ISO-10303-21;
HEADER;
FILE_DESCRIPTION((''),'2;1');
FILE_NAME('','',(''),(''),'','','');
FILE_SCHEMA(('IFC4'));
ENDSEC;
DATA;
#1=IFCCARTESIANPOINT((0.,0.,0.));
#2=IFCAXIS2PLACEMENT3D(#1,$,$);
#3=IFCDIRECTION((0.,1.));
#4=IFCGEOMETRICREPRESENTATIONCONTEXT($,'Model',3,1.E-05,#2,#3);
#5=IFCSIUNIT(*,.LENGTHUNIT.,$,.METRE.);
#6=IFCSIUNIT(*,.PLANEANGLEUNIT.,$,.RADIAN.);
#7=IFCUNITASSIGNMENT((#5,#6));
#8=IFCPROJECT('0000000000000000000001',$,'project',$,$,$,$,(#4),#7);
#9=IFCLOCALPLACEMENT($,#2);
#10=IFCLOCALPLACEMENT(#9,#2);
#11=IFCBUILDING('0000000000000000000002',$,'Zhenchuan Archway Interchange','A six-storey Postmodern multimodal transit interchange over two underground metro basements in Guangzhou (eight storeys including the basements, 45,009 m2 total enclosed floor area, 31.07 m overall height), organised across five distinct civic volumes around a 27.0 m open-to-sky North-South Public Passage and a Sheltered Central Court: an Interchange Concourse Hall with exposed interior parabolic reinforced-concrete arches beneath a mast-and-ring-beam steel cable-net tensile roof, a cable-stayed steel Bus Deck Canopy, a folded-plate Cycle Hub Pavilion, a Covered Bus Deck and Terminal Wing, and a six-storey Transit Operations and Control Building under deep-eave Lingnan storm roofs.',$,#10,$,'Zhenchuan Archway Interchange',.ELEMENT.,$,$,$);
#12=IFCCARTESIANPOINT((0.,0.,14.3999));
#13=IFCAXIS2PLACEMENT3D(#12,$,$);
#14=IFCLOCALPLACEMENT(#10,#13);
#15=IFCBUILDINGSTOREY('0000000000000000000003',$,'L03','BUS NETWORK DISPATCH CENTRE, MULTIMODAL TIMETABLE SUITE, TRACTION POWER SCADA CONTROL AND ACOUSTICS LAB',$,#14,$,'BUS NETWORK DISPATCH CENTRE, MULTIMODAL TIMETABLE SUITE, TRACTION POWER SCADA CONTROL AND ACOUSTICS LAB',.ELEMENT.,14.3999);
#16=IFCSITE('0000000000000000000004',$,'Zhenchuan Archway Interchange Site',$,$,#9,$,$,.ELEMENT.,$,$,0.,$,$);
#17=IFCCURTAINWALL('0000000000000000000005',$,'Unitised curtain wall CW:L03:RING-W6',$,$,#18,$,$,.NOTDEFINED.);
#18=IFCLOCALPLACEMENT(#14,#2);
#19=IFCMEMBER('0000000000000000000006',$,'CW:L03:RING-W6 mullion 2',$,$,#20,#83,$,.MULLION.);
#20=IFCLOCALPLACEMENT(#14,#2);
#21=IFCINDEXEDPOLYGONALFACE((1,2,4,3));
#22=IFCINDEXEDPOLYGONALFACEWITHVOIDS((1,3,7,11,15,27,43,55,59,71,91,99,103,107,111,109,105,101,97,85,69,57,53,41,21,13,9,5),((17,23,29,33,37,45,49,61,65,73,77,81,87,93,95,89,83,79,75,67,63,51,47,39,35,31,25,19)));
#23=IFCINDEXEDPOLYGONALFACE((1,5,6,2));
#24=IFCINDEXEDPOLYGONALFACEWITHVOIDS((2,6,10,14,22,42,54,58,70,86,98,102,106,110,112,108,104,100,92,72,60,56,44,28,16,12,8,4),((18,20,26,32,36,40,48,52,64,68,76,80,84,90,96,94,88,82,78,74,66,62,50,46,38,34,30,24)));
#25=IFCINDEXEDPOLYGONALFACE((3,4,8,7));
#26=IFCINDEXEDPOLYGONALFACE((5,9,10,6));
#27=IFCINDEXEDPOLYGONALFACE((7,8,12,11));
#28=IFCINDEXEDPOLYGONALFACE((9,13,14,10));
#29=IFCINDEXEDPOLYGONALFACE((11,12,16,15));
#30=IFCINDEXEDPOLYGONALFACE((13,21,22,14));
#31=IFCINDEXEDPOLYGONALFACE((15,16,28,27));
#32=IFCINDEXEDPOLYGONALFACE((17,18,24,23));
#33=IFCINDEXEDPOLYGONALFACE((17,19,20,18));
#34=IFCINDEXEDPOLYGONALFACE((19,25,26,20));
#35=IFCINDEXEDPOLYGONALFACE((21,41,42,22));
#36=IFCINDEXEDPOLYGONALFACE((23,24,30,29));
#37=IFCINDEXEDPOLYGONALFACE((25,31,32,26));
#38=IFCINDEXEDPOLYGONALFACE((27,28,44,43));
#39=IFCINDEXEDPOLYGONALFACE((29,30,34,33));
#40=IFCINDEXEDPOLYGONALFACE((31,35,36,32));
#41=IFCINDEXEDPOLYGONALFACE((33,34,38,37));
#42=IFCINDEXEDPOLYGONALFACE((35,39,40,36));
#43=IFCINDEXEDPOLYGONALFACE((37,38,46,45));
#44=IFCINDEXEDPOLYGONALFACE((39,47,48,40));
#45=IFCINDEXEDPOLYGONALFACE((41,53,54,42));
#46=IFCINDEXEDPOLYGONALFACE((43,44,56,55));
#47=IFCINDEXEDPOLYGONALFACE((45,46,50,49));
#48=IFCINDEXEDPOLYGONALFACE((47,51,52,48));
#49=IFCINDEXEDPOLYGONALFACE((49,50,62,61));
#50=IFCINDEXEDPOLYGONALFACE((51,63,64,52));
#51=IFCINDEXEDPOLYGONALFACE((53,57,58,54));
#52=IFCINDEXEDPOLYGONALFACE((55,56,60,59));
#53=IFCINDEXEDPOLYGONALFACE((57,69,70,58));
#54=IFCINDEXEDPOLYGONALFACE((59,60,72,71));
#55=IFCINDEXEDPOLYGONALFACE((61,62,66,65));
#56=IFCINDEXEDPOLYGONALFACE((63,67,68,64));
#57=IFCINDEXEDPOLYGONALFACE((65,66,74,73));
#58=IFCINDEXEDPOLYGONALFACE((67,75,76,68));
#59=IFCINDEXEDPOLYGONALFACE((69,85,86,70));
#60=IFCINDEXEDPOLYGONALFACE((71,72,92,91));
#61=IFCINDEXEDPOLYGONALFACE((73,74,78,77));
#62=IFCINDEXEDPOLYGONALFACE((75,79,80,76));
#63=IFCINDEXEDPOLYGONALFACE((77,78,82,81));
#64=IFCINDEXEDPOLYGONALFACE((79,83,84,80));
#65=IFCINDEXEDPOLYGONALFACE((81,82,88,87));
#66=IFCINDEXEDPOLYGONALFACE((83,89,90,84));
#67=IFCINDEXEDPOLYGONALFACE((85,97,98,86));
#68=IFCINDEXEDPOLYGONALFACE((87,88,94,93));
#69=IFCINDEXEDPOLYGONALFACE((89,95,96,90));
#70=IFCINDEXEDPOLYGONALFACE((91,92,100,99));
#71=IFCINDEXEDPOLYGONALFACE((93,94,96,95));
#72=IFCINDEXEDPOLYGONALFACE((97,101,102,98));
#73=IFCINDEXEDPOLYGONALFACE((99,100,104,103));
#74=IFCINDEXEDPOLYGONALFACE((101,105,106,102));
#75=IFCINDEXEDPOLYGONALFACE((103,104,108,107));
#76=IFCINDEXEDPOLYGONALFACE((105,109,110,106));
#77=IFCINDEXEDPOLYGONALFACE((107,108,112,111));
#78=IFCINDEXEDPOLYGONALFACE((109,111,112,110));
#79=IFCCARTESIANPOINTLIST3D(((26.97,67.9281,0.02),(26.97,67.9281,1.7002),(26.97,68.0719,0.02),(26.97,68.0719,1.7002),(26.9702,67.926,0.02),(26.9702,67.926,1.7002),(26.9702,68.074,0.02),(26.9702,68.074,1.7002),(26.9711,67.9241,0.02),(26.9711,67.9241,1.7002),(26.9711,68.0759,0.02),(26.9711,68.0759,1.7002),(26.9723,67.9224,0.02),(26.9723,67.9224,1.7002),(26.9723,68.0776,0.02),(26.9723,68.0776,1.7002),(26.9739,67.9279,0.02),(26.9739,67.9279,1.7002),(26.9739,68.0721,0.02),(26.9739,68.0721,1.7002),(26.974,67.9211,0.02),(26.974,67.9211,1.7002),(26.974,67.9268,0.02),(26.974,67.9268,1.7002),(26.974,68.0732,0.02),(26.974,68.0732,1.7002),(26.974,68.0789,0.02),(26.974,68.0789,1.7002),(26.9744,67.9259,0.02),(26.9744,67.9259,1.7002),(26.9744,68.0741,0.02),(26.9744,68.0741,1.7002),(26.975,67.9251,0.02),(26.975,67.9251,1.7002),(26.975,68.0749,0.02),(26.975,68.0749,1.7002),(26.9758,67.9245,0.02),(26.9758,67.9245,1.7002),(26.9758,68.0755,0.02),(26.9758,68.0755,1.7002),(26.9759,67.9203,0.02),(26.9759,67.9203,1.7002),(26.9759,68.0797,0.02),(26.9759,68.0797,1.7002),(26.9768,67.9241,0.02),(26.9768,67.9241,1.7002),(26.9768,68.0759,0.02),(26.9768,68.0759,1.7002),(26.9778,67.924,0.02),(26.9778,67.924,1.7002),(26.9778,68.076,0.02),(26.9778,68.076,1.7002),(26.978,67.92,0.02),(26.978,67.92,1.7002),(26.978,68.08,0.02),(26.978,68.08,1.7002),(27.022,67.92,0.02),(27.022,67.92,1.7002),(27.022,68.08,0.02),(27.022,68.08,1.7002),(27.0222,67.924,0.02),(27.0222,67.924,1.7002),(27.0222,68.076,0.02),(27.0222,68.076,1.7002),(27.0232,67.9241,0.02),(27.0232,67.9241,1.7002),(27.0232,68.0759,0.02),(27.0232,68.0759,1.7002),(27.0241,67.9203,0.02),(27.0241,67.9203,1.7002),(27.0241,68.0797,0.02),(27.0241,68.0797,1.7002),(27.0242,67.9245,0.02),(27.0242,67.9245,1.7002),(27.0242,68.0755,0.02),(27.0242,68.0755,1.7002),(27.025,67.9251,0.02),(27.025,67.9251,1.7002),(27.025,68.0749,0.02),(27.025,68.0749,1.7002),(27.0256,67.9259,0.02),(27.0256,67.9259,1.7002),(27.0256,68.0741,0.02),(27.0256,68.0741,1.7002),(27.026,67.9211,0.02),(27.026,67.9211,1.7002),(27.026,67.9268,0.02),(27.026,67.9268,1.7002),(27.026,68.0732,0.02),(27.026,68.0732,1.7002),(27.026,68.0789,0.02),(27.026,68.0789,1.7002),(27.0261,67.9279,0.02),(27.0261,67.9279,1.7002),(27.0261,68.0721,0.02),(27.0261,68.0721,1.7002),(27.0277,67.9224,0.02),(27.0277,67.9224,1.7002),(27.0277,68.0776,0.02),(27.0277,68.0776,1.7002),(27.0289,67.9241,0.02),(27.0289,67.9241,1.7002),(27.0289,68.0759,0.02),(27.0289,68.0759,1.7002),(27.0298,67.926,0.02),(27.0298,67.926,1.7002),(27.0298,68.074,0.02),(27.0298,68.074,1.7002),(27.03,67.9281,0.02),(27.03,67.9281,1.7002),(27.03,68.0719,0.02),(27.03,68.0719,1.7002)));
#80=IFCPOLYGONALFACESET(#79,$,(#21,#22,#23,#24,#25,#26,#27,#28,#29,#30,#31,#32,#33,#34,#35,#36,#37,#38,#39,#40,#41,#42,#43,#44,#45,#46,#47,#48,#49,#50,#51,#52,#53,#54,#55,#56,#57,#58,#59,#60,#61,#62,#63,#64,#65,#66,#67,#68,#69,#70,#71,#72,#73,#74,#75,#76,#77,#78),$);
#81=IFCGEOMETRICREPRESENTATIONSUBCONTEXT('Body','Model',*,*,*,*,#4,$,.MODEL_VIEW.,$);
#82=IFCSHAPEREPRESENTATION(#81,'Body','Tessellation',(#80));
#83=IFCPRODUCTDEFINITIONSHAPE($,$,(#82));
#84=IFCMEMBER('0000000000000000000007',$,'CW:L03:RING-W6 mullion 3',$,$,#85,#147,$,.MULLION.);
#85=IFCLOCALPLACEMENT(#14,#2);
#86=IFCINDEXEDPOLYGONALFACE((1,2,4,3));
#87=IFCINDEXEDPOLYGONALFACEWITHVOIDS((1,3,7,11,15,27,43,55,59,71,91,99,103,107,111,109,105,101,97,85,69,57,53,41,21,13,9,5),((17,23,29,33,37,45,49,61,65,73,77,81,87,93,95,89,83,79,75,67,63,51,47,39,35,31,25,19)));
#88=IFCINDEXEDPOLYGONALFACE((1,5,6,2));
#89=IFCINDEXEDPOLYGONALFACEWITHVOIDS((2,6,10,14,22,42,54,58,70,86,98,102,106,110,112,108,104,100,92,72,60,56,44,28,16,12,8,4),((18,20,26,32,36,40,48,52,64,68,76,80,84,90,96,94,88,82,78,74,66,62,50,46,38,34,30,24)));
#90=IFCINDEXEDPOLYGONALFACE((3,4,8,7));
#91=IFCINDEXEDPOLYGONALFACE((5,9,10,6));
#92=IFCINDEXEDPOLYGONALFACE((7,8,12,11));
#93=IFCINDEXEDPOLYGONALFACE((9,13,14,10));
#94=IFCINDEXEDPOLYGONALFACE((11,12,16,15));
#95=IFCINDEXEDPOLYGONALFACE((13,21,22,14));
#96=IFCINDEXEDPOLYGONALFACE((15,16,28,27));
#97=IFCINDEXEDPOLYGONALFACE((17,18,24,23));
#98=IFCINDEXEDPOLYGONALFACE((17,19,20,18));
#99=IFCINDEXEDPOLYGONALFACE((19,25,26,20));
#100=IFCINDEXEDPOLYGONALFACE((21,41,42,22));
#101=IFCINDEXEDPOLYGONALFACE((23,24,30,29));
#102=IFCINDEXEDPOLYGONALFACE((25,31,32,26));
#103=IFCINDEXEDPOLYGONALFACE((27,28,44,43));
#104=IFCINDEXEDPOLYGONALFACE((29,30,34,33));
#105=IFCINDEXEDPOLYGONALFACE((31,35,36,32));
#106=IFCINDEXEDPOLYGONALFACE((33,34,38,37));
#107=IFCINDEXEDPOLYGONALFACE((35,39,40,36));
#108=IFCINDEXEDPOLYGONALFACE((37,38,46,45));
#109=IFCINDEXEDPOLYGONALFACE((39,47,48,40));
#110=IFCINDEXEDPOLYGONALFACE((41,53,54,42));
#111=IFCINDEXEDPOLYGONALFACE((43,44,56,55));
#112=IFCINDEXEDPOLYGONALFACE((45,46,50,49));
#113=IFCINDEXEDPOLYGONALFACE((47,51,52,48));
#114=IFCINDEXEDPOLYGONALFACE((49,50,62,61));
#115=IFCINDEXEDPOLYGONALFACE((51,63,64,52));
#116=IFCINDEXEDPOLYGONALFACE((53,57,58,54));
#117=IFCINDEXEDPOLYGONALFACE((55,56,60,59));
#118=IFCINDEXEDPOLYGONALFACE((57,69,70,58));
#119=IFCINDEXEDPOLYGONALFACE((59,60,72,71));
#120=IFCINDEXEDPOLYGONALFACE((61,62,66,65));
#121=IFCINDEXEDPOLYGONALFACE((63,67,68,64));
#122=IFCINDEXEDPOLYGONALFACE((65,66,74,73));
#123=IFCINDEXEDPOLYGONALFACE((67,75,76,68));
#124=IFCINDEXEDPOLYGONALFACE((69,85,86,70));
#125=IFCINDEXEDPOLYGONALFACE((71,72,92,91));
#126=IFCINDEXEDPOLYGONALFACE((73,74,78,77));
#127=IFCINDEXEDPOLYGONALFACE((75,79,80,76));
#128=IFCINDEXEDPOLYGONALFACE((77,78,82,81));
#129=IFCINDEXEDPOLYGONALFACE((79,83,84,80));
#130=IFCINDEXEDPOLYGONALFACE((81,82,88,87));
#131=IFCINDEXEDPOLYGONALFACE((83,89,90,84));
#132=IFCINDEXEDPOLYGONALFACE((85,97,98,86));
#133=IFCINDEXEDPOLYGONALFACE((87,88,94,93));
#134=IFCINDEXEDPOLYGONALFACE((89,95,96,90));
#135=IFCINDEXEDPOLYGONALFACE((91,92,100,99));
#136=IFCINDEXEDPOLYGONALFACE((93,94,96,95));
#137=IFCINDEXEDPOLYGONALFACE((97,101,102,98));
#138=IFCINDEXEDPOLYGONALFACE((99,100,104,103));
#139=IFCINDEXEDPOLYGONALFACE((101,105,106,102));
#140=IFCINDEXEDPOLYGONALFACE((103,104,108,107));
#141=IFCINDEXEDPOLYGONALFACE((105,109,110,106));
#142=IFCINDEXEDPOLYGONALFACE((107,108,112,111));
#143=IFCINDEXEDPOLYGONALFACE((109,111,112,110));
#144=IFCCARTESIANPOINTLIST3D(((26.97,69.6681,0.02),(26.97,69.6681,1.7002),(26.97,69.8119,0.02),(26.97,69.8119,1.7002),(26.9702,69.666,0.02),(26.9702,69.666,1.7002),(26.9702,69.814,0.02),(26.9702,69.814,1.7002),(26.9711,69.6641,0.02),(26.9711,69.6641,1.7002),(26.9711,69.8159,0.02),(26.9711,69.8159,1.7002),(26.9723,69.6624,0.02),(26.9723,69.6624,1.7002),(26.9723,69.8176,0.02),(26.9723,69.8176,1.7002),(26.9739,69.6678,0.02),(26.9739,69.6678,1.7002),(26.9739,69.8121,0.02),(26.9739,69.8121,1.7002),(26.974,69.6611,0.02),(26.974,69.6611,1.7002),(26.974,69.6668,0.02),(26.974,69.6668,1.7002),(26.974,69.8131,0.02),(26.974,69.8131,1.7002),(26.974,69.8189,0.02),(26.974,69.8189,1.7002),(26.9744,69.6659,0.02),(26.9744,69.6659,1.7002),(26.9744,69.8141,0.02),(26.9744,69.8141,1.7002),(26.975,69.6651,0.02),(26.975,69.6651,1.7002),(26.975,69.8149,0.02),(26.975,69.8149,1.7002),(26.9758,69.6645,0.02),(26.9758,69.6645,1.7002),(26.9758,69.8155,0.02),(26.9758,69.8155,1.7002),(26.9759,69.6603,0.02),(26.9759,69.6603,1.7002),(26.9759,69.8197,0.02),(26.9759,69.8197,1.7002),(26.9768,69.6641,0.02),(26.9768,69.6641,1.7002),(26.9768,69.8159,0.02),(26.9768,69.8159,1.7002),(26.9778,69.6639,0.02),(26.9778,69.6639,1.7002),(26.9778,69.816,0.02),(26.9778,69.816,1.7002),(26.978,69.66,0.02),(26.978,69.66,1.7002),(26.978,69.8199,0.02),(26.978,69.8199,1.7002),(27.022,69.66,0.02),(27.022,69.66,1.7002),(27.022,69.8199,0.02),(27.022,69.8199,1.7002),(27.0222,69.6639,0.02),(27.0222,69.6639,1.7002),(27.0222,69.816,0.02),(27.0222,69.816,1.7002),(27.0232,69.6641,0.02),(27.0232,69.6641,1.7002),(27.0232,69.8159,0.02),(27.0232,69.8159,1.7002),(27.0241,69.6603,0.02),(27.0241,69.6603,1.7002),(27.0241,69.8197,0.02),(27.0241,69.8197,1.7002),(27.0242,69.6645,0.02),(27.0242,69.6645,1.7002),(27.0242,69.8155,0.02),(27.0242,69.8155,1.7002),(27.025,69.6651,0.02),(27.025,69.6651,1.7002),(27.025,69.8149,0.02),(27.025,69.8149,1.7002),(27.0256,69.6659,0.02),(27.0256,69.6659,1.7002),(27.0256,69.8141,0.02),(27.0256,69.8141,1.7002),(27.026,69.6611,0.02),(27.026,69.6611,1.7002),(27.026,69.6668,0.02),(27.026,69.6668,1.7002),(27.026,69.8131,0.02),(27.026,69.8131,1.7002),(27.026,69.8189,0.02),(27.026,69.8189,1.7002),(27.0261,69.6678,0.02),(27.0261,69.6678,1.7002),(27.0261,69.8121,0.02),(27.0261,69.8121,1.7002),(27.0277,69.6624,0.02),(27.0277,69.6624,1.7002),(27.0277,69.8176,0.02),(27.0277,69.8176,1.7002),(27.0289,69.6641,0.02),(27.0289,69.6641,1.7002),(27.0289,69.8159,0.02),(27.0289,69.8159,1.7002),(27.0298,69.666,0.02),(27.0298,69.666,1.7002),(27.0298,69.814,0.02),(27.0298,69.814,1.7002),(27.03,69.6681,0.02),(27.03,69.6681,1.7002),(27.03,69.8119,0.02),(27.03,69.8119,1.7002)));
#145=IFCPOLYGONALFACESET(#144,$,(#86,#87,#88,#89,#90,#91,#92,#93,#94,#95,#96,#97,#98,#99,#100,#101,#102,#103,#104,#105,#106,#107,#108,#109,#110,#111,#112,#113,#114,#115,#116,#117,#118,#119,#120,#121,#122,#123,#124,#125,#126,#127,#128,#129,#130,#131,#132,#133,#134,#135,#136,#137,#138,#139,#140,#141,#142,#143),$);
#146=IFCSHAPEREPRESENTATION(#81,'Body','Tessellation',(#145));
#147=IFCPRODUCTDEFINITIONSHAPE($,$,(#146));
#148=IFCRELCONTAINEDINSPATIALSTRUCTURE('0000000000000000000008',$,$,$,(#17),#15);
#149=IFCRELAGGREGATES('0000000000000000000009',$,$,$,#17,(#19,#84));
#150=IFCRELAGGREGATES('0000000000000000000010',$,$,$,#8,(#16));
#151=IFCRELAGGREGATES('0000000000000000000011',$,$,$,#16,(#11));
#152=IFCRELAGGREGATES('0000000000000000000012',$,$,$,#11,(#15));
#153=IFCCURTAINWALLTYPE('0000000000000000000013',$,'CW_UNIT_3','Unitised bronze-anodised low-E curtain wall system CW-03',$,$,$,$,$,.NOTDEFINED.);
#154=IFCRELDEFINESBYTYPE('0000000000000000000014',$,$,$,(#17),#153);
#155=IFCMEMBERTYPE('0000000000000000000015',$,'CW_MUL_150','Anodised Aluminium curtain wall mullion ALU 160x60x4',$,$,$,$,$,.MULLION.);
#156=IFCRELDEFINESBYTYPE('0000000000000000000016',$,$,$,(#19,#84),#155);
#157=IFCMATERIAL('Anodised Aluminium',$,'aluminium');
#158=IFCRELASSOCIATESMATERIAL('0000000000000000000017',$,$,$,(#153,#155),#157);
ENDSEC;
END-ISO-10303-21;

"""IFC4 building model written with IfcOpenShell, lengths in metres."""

from ifc_helpers import new_model, si_unit, direction, frame, origin, origin_2d, place, context, subcontext, project, spatial, hollow_rectangle, extrude, material, material_profile, profile_set, type_object, element, aggregate, save


model = new_model("IFC4")

# Units and contexts
model_context = context("Model", 3, precision=1e-05, world=origin(), true_north=direction((0.0, 1.0)))
body_context = subcontext(model_context, "Body", "Model", "MODEL_VIEW")
ifc_project = project(units=[si_unit("LENGTHUNIT", "METRE"), si_unit("PLANEANGLEUNIT", "RADIAN")], contexts=[model_context])

# Site, building, storey
site_placement = place(None, origin())
site = spatial("IfcSite", under=ifc_project, at=site_placement, Name="Zhenchuan Archway Interchange Site", CompositionType="ELEMENT", RefElevation=0.0)
building_placement = place(site_placement, origin())
building = spatial("IfcBuilding", under=site, at=building_placement, Name="Zhenchuan Archway Interchange", Description="A six-storey Postmodern multimodal transit interchange over two underground metro basements in Guangzhou (eight storeys including the basements, 45,009 m2 total enclosed floor area, 31.07 m overall height), organised across five distinct civic volumes around a 27.0 m open-to-sky North-South Public Passage and a Sheltered Central Court: an Interchange Concourse Hall with exposed interior parabolic reinforced-concrete arches beneath a mast-and-ring-beam steel cable-net tensile roof, a cable-stayed steel Bus Deck Canopy, a folded-plate Cycle Hub Pavilion, a Covered Bus Deck and Terminal Wing, and a six-storey Transit Operations and Control Building under deep-eave Lingnan storm roofs.", LongName="Zhenchuan Archway Interchange", CompositionType="ELEMENT")
storey_placement = place(building_placement, frame((0.0, 0.0, 14.3999)))
storey = spatial("IfcBuildingStorey", under=building, at=storey_placement, Name="L03", Description="BUS NETWORK DISPATCH CENTRE, MULTIMODAL TIMETABLE SUITE, TRACTION POWER SCADA CONTROL AND ACOUSTICS LAB", LongName="BUS NETWORK DISPATCH CENTRE, MULTIMODAL TIMETABLE SUITE, TRACTION POWER SCADA CONTROL AND ACOUSTICS LAB", CompositionType="ELEMENT", Elevation=14.3999)

# Curtain wall, members
ifc_material_1 = material(Name="Anodised Aluminium", Category="aluminium")
curtain_wall_type = type_object("IfcCurtainWallType", Name="CW_UNIT_3", Description="Unitised bronze-anodised low-E curtain wall system CW-03", PredefinedType="NOTDEFINED", material=ifc_material_1)
curtain_wall_placement = place(storey_placement, origin())
curtain_wall = element("IfcCurtainWall", 1, at=curtain_wall_placement, inside=storey, type_object=curtain_wall_type, Name="Unitised curtain wall CW:L03:RING-W6", PredefinedType="NOTDEFINED")
ifc_material_profile_1 = material_profile(ifc_material_1, hollow_rectangle(XDim=0.0601, YDim=0.1599, WallThickness=0.0039, InnerFilletRadius=0.0039, OuterFilletRadius=0.0081, at=origin_2d()), Name="ALU 160x60x4")
ifc_profile_set_1 = profile_set([ifc_material_profile_1], Name="Anodised Aluminium")
member_type_1 = type_object("IfcMemberType", Name="CW_MUL_150", Description="Anodised Aluminium curtain wall mullion ALU 160x60x4", PredefinedType="MULLION", material=ifc_profile_set_1)
member_1_placement = place(storey_placement, frame((27.0, 68.0, 0.02), z_axis=(0.0, 0.0, 1.0), x_axis=(1.0, 0.0, 0.0)))
member_1 = element("IfcMember", 2, at=member_1_placement, type_object=member_type_1, Name="CW:L03:RING-W6 mullion 2", PredefinedType="MULLION", context=body_context, shape_type="SweptSolid", body=[
    extrude(hollow_rectangle(XDim=0.0601, YDim=0.1599, WallThickness=0.0039, InnerFilletRadius=0.0039, OuterFilletRadius=0.0081, at=origin_2d()), origin(), (0.0, 0.0, 1.0), 1.6802),
])
member_2_placement = place(storey_placement, frame((27.0, 69.74, 0.02), z_axis=(0.0, 0.0, 1.0), x_axis=(1.0, 0.0, 0.0)))
member_2 = element("IfcMember", 3, at=member_2_placement, type_object=member_type_1, Name="CW:L03:RING-W6 mullion 3", PredefinedType="MULLION", context=body_context, shape_type="SweptSolid", body=[
    extrude(hollow_rectangle(XDim=0.0601, YDim=0.1599, WallThickness=0.0039, InnerFilletRadius=0.0039, OuterFilletRadius=0.0081, at=origin_2d()), origin(), (0.0, 0.0, 1.0), 1.6802),
])
aggregate(curtain_wall, [member_1, member_2])

save(model, "model.ifc")
